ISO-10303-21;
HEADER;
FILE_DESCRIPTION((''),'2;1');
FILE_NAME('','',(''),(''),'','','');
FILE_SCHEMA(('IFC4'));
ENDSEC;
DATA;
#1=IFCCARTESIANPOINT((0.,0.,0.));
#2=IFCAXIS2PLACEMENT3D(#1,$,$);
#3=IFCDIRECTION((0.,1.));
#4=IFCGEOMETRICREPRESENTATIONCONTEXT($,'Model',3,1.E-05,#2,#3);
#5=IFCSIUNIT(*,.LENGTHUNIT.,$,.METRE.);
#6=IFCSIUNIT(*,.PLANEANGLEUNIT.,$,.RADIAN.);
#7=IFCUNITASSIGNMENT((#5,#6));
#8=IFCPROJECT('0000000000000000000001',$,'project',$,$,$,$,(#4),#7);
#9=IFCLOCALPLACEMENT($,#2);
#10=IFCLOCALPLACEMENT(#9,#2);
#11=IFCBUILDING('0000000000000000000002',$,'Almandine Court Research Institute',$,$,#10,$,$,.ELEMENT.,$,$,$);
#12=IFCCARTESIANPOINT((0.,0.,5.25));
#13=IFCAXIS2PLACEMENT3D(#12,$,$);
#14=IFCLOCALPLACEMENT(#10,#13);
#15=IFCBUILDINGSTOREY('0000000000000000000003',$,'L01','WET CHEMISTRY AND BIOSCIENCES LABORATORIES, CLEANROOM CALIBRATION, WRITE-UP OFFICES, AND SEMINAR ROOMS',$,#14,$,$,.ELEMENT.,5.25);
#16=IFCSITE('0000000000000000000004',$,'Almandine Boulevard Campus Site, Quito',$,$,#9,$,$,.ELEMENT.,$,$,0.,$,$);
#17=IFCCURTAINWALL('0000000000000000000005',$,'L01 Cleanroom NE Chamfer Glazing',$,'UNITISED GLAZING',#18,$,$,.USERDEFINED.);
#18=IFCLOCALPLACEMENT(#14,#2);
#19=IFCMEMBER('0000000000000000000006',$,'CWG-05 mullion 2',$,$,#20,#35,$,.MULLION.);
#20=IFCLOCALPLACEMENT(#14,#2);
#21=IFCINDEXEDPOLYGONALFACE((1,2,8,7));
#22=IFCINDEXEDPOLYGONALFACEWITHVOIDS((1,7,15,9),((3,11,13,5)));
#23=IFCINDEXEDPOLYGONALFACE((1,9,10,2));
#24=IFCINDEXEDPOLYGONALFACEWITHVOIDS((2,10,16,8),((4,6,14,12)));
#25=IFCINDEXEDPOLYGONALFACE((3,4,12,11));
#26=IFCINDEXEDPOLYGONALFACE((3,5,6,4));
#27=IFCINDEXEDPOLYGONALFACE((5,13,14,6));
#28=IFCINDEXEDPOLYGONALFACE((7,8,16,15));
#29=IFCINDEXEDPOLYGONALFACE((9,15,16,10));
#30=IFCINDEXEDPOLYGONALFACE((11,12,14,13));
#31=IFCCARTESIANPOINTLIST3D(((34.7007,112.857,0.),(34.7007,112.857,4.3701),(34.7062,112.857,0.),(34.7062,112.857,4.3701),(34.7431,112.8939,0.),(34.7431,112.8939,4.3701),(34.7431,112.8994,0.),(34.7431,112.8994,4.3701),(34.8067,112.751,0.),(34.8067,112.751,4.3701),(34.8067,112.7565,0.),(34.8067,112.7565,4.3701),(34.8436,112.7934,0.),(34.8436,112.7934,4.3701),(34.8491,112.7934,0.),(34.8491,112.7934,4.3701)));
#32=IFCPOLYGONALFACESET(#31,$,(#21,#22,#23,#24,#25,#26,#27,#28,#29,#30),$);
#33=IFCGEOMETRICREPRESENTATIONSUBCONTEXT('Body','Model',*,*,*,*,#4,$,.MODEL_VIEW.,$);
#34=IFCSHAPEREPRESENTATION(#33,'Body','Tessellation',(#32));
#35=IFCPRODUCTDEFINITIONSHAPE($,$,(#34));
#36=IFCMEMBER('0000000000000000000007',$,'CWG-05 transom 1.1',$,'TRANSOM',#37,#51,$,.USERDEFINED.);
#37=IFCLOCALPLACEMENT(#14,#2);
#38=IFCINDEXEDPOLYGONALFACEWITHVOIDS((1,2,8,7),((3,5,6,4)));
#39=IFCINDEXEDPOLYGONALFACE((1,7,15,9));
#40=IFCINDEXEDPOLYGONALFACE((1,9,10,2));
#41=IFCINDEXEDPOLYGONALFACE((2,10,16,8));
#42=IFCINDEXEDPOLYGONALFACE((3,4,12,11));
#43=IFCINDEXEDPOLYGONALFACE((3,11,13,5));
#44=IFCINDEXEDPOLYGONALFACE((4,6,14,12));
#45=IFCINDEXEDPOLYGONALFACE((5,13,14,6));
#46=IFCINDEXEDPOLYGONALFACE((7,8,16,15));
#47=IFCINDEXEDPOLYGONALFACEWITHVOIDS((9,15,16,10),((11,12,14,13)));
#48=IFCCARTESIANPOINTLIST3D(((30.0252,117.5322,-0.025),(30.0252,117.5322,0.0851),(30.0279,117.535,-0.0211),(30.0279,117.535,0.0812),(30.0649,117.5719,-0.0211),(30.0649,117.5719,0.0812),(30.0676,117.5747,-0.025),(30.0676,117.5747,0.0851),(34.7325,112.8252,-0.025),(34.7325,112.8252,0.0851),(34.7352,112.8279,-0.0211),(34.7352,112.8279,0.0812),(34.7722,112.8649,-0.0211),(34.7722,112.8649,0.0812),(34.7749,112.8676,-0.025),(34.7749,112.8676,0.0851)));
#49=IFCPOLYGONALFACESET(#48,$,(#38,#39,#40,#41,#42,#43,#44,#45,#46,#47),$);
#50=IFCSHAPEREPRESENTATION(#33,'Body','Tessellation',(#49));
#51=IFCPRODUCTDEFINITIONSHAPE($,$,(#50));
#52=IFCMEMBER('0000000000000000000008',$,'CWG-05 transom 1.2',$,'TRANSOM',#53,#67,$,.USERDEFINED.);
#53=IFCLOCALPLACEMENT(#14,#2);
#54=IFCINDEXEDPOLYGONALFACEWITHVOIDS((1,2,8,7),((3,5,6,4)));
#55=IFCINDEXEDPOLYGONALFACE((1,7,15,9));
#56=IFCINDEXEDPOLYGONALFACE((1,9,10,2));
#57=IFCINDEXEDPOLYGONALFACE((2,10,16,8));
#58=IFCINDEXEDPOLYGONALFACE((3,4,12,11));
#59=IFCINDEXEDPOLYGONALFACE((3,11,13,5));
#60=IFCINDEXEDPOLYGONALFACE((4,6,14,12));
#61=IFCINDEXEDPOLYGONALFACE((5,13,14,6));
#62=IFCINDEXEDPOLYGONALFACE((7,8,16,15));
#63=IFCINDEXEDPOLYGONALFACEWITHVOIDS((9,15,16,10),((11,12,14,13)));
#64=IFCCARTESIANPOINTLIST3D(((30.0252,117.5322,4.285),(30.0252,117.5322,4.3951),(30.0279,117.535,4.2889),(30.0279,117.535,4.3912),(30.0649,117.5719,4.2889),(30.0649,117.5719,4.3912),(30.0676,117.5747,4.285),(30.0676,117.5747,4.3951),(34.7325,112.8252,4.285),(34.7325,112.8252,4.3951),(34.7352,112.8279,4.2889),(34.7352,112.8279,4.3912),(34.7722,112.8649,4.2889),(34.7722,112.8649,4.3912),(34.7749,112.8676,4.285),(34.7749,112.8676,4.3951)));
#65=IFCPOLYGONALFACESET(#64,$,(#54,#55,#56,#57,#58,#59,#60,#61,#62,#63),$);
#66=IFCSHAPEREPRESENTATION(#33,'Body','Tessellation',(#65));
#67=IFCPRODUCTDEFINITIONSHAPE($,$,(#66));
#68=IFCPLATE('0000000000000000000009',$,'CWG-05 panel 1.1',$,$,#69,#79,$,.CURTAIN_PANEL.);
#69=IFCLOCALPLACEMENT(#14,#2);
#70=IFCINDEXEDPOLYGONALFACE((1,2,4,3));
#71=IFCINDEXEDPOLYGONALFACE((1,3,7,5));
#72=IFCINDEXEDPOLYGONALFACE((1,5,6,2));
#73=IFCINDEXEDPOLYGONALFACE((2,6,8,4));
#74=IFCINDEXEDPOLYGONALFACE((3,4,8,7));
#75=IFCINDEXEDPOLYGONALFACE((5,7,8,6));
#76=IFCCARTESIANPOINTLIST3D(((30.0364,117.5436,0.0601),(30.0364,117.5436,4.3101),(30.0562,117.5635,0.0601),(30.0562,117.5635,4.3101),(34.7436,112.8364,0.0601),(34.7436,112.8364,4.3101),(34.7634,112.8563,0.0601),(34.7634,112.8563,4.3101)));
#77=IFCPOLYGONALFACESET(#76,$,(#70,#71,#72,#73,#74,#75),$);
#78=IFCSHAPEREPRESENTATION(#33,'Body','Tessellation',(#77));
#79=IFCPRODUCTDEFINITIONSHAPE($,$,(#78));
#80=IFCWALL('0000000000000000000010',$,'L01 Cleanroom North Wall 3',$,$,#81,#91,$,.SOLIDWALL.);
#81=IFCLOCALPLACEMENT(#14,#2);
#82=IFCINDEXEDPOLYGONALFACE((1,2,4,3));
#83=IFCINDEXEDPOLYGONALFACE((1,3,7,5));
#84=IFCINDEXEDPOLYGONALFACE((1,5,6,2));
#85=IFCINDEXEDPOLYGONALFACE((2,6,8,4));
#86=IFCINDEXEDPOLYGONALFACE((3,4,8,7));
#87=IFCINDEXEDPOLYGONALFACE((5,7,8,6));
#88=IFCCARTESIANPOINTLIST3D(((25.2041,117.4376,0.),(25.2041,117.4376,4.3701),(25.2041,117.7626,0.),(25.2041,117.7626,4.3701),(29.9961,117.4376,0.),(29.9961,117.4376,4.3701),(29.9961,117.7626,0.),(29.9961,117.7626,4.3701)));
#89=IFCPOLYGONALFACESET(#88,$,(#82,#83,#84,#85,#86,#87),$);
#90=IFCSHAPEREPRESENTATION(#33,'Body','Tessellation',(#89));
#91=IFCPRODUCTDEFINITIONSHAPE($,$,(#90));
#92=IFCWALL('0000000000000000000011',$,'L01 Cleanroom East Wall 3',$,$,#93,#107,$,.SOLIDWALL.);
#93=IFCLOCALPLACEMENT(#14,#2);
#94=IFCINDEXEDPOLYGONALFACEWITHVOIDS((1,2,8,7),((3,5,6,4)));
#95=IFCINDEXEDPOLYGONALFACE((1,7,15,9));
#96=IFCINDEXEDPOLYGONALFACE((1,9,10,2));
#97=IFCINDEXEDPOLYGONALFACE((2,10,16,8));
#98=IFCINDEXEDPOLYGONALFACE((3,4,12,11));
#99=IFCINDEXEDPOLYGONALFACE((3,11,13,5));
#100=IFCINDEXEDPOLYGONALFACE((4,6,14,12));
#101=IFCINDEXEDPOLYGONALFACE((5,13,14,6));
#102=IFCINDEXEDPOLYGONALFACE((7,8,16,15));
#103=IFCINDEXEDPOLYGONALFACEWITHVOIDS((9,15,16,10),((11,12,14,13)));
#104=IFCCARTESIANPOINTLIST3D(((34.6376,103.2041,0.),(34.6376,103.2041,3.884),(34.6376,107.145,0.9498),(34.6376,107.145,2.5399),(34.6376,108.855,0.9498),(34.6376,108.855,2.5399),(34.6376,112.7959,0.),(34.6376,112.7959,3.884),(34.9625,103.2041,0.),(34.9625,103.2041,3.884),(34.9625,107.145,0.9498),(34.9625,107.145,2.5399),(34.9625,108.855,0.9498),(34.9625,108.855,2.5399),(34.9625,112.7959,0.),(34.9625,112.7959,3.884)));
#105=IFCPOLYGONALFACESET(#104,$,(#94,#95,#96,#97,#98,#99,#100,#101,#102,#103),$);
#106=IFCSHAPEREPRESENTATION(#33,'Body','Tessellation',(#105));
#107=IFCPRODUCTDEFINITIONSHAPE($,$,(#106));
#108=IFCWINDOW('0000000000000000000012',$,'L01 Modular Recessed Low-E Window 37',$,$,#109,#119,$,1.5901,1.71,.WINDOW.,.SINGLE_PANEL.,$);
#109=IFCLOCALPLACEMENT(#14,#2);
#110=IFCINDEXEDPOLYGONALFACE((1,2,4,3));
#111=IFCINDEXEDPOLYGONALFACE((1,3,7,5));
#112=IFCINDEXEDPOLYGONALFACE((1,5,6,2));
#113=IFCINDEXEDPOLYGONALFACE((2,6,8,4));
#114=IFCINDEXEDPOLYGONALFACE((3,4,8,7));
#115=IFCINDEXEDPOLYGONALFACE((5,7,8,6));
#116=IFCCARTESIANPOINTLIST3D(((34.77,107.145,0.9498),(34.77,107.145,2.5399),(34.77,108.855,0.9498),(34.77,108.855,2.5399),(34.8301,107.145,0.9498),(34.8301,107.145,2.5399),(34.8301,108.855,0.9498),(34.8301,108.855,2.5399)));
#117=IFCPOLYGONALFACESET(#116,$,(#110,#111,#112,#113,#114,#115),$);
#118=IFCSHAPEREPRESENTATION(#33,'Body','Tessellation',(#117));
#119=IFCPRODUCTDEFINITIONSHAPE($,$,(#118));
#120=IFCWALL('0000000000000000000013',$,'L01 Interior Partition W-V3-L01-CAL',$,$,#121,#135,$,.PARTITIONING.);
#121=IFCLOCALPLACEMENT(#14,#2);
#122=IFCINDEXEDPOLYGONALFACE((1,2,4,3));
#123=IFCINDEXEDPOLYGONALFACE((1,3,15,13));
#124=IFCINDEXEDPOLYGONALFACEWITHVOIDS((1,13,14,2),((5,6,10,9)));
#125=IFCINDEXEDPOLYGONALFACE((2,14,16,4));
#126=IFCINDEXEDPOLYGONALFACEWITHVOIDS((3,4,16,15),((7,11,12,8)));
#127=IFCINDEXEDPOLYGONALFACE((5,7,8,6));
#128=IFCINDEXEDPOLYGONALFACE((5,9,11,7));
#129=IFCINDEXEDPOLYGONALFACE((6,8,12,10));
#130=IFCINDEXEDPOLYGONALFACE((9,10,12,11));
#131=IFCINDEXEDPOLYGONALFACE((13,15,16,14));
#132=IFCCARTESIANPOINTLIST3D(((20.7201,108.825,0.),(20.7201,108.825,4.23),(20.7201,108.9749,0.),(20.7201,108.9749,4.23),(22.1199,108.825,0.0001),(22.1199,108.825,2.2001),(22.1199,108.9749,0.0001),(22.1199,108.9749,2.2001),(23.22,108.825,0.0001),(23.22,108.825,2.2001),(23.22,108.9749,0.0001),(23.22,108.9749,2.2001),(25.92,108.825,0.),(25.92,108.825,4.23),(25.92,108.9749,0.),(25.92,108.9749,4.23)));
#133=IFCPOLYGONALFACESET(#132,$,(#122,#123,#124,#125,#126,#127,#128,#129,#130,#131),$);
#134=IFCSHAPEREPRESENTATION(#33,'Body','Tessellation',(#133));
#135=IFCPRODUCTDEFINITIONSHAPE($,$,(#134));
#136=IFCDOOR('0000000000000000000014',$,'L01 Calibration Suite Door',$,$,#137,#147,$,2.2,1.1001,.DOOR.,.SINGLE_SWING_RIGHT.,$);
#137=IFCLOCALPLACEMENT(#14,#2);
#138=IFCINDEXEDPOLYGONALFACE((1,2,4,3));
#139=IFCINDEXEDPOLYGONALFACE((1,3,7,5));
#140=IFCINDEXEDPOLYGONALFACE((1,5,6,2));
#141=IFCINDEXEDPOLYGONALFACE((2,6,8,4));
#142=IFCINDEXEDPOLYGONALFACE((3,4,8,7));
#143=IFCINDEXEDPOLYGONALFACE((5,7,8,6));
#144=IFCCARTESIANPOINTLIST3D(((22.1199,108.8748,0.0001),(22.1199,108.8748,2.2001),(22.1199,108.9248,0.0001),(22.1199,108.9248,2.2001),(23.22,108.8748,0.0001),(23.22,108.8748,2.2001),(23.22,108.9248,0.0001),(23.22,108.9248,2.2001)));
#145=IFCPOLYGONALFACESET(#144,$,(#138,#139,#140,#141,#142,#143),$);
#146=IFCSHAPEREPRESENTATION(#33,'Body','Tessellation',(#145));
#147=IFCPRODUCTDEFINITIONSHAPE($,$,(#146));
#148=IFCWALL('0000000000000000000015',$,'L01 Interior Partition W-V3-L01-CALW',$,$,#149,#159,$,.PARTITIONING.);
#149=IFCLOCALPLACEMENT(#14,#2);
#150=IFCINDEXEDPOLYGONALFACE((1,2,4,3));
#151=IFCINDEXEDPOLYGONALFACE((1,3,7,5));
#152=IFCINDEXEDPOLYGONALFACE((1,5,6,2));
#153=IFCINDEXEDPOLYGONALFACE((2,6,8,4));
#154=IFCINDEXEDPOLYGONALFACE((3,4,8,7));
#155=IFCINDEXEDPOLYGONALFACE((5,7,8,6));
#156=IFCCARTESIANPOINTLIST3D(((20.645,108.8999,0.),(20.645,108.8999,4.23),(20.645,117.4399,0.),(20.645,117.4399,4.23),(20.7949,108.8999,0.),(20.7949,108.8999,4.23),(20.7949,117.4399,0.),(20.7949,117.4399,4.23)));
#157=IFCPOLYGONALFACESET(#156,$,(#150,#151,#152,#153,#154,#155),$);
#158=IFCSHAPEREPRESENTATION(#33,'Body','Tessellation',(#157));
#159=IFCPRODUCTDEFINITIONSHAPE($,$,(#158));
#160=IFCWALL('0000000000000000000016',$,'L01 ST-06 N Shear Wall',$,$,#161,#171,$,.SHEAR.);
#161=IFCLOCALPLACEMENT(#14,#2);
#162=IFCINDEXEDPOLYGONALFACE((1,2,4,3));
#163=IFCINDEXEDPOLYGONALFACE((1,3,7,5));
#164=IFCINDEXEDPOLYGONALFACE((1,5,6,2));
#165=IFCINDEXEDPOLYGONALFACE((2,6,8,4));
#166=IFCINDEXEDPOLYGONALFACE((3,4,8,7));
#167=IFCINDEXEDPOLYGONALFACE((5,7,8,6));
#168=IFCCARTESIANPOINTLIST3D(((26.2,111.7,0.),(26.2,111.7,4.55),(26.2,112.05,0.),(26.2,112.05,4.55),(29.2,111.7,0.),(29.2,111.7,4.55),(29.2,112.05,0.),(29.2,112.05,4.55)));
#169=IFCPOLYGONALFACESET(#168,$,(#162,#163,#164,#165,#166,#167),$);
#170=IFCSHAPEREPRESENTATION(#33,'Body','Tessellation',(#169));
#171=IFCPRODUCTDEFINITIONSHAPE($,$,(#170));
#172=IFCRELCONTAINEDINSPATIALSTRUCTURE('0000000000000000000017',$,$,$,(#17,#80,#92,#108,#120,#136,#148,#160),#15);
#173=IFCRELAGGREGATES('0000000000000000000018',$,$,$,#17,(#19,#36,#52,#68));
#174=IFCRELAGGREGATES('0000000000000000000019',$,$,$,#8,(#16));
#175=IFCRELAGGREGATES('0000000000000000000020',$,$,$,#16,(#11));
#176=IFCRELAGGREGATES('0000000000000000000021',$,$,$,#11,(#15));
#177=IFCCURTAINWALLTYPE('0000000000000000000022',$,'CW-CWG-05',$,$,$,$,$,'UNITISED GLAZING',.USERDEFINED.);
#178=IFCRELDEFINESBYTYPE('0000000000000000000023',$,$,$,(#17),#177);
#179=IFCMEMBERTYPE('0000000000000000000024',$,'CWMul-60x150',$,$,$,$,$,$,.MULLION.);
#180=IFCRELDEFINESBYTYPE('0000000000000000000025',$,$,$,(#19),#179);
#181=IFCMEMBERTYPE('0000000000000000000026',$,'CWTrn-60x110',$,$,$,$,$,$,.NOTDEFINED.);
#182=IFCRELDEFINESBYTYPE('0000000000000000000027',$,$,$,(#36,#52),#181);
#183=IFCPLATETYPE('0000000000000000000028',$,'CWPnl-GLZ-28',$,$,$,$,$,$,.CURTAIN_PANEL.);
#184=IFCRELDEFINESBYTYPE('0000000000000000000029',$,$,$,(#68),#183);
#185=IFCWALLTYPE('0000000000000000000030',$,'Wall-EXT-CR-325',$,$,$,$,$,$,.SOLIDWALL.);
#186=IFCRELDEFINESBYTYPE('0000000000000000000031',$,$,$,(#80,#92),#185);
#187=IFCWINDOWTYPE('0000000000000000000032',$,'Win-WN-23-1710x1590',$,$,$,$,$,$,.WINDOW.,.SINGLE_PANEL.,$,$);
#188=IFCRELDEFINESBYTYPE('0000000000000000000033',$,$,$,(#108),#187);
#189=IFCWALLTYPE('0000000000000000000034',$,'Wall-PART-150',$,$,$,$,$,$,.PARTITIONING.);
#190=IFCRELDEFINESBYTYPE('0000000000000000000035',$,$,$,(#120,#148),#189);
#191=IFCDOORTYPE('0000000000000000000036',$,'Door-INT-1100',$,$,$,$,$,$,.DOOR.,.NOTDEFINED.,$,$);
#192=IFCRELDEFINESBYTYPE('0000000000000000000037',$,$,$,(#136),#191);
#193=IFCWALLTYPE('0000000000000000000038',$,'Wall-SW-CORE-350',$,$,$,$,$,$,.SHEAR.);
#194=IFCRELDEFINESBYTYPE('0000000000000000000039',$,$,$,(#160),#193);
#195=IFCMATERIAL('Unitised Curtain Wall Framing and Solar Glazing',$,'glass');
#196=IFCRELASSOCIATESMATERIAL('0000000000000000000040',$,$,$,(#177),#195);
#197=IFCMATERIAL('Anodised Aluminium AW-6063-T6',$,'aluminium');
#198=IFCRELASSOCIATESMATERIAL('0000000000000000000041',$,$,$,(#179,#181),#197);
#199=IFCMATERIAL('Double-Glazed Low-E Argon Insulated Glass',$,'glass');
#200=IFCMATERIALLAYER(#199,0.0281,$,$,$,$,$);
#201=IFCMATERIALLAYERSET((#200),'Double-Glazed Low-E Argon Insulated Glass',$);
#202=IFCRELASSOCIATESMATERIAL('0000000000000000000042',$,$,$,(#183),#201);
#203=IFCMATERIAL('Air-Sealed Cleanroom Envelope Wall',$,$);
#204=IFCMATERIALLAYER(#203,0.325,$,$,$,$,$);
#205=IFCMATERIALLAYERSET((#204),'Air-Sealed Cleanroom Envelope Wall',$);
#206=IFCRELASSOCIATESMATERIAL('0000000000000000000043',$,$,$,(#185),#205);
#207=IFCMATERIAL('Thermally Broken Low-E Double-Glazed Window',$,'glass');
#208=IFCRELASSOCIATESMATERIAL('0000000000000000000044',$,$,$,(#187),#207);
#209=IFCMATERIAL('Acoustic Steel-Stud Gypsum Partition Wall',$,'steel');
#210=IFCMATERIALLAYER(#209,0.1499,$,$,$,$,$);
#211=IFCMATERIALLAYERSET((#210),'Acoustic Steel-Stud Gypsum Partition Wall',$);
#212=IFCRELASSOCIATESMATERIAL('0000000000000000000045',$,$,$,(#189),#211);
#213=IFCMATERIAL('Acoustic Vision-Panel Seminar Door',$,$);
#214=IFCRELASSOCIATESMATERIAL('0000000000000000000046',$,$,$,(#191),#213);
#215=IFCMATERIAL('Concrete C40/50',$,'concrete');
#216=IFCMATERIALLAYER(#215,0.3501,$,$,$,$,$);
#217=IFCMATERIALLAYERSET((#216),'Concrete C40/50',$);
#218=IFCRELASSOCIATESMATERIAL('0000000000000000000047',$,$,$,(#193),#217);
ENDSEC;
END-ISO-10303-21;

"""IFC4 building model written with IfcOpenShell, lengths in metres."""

from ifc_helpers import new_model, si_unit, direction, frame, frame_2d, origin, origin_2d, place, context, subcontext, project, spatial, rectangle, hollow_rectangle, extrude, material, layer, layer_set, material_profile, profile_set, type_object, element, fill, aggregate, save


model = new_model("IFC4")

# Units and contexts
model_context = context("Model", 3, precision=1e-05, world=origin(), true_north=direction((0.0, 1.0)))
body_context = subcontext(model_context, "Body", "Model", "MODEL_VIEW")
ifc_project = project(units=[si_unit("LENGTHUNIT", "METRE"), si_unit("PLANEANGLEUNIT", "RADIAN")], contexts=[model_context])

# Site, building, storey
site_placement = place(None, origin())
site = spatial("IfcSite", under=ifc_project, at=site_placement, Name="Almandine Boulevard Campus Site, Quito", CompositionType="ELEMENT", RefElevation=0.0)
building_placement = place(site_placement, origin())
building = spatial("IfcBuilding", under=site, at=building_placement, Name="Almandine Court Research Institute", CompositionType="ELEMENT")
storey_placement = place(building_placement, frame((0.0, 0.0, 5.25)))
storey = spatial("IfcBuildingStorey", under=building, at=storey_placement, Name="L01", Description="WET CHEMISTRY AND BIOSCIENCES LABORATORIES, CLEANROOM CALIBRATION, WRITE-UP OFFICES, AND SEMINAR ROOMS", CompositionType="ELEMENT", Elevation=5.25)

# Curtain wall, members, plate
ifc_material_1 = material(Name="Unitised Curtain Wall Framing and Solar Glazing", Category="glass")
curtain_wall_type = type_object("IfcCurtainWallType", Name="CW-CWG-05", ElementType="UNITISED GLAZING", PredefinedType="USERDEFINED", material=ifc_material_1)
curtain_wall_placement = place(storey_placement, origin())
curtain_wall = element("IfcCurtainWall", 1, at=curtain_wall_placement, inside=storey, type_object=curtain_wall_type, Name="L01 Cleanroom NE Chamfer Glazing", ObjectType="UNITISED GLAZING", PredefinedType="USERDEFINED")
ifc_material_2 = material(Name="Anodised Aluminium AW-6063-T6", Category="aluminium")
ifc_material_profile_1 = material_profile(ifc_material_2, hollow_rectangle(XDim=0.0601, YDim=0.1499, WallThickness=0.0039, at=origin_2d()), Name="ALU RHS 60x150x4")
ifc_profile_set_1 = profile_set([ifc_material_profile_1], Name="Anodised Aluminium AW-6063-T6")
member_type_1 = type_object("IfcMemberType", Name="CWMul-60x150", PredefinedType="MULLION", material=ifc_profile_set_1)
member_1_placement = place(storey_placement, frame((34.7749, 112.8252, 0.0), z_axis=(0.0, 0.0, 1.0), x_axis=(0.707107, 0.707107, 0.0)))
member_1 = element("IfcMember", 2, at=member_1_placement, type_object=member_type_1, Name="CWG-05 mullion 2", PredefinedType="MULLION", context=body_context, shape_type="SweptSolid", body=[
    extrude(hollow_rectangle(XDim=0.0601, YDim=0.1499, WallThickness=0.0039, at=origin_2d()), origin(), (0.0, 0.0, 1.0), 4.3701),
])
ifc_material_profile_2 = material_profile(ifc_material_2, hollow_rectangle(XDim=0.0601, YDim=0.1101, WallThickness=0.0039, at=origin_2d()), Name="ALU RHS 60x110x4")
ifc_profile_set_2 = profile_set([ifc_material_profile_2], Name="Anodised Aluminium AW-6063-T6")
member_type_2 = type_object("IfcMemberType", Name="CWTrn-60x110", PredefinedType="NOTDEFINED", material=ifc_profile_set_2)
member_2_placement = place(storey_placement, frame((30.0464, 117.5535, 0.03), z_axis=(0.707125, -0.707088, 0.0), x_axis=(0.707088, 0.707125, 0.0)))
member_2 = element("IfcMember", 3, at=member_2_placement, type_object=member_type_2, Name="CWG-05 transom 1.1", ObjectType="TRANSOM", PredefinedType="USERDEFINED", context=body_context, shape_type="SweptSolid", body=[
    extrude(hollow_rectangle(XDim=0.0601, YDim=0.1101, WallThickness=0.0039, at=origin_2d()), origin(), (0.0, 0.0, 1.0), 6.657),
])
member_3_placement = place(storey_placement, frame((30.0464, 117.5535, 4.3401), z_axis=(0.707125, -0.707088, 0.0), x_axis=(0.707088, 0.707125, 0.0)))
member_3 = element("IfcMember", 4, at=member_3_placement, type_object=member_type_2, Name="CWG-05 transom 1.2", ObjectType="TRANSOM", PredefinedType="USERDEFINED", context=body_context, shape_type="SweptSolid", body=[
    extrude(hollow_rectangle(XDim=0.0601, YDim=0.1101, WallThickness=0.0039, at=origin_2d()), origin(), (0.0, 0.0, 1.0), 6.657),
])
ifc_material_3 = material(Name="Double-Glazed Low-E Argon Insulated Glass", Category="glass")
ifc_layer_1 = layer(ifc_material_3, 0.0281)
ifc_layer_set_1 = layer_set([ifc_layer_1], Name="Double-Glazed Low-E Argon Insulated Glass")
plate_type = type_object("IfcPlateType", Name="CWPnl-GLZ-28", PredefinedType="CURTAIN_PANEL", material=ifc_layer_set_1)
plate_placement = place(storey_placement, frame((32.3999, 115.2, 0.0601), z_axis=(0.0, 0.0, 1.0), x_axis=(0.707107, -0.707107, 0.0)))
plate = element("IfcPlate", 5, at=plate_placement, type_object=plate_type, Name="CWG-05 panel 1.1", PredefinedType="CURTAIN_PANEL", context=body_context, shape_type="SweptSolid", body=[
    extrude(rectangle(XDim=6.657, YDim=0.0281, at=origin_2d()), origin(), (0.0, 0.0, 1.0), 4.25),
])
aggregate(curtain_wall, [member_1, member_2, member_3, plate])

# Wall
ifc_material_4 = material(Name="Air-Sealed Cleanroom Envelope Wall")
ifc_layer_2 = layer(ifc_material_4, 0.325)
ifc_layer_set_2 = layer_set([ifc_layer_2], Name="Air-Sealed Cleanroom Envelope Wall")
wall_type_1 = type_object("IfcWallType", Name="Wall-EXT-CR-325", PredefinedType="SOLIDWALL", material=ifc_layer_set_2)
wall_1_placement = place(storey_placement, frame((25.2041, 117.6001, 0.0), z_axis=(0.0, 0.0, 1.0), x_axis=(1.0, 0.0, 0.0)))
element("IfcWall", 6, at=wall_1_placement, inside=storey, type_object=wall_type_1, Name="L01 Cleanroom North Wall 3", PredefinedType="SOLIDWALL", context=body_context, shape_type="SweptSolid", body=[
    extrude(rectangle(XDim=4.792, YDim=0.325, at=frame_2d((2.396, 0.0))), origin(), (0.0, 0.0, 1.0), 4.3701),
])

# Wall, opening, window
wall_2_placement = place(storey_placement, frame((34.8, 112.7959, 0.0), z_axis=(0.0, 0.0, 1.0), x_axis=(0.0, -1.0, 0.0)))
wall_2 = element("IfcWall", 7, at=wall_2_placement, inside=storey, type_object=wall_type_1, Name="L01 Cleanroom East Wall 3", PredefinedType="SOLIDWALL", context=body_context, shape_type="SweptSolid", body=[
    extrude(rectangle(XDim=9.5918, YDim=0.325, at=frame_2d((4.7959, 0.0))), origin(), (0.0, 0.0, 1.0), 3.884),
])
opening_1_placement = place(wall_2_placement, frame((3.9409, 0.0, 0.95)))
opening_1 = element("IfcOpeningElement", 8, at=opening_1_placement, cuts=wall_2, PredefinedType="OPENING", context=body_context, shape_type="SweptSolid", body=[
    extrude(rectangle(XDim=1.71, YDim=1.5901, at=frame_2d((0.855, 0.7949))), frame((0.0, 0.1724, 0.0), z_axis=(0.0, -1.0, 0.0), x_axis=(1.0, 0.0, 0.0)), (0.0, 0.0, 1.0), 0.345),
])
ifc_material_5 = material(Name="Thermally Broken Low-E Double-Glazed Window", Category="glass")
window_type = type_object("IfcWindowType", Name="Win-WN-23-1710x1590", PartitioningType="SINGLE_PANEL", PredefinedType="WINDOW", material=ifc_material_5)
window_placement = place(opening_1_placement, origin())
window = element("IfcWindow", 9, at=window_placement, inside=storey, type_object=window_type, Name="L01 Modular Recessed Low-E Window 37", OverallHeight=1.5901, OverallWidth=1.71, PartitioningType="SINGLE_PANEL", PredefinedType="WINDOW", context=body_context, shape_type="SweptSolid", body=[
    extrude(rectangle(XDim=1.71, YDim=1.5901, at=frame_2d((0.855, 0.7949))), frame((0.0, 0.03, 0.0), z_axis=(0.0, -1.0, 0.0), x_axis=(1.0, 0.0, 0.0)), (0.0, 0.0, 1.0), 0.0601),
])
fill(opening_1, window)

# Wall, opening, door
ifc_material_6 = material(Name="Acoustic Steel-Stud Gypsum Partition Wall", Category="steel")
ifc_layer_3 = layer(ifc_material_6, 0.1499)
ifc_layer_set_3 = layer_set([ifc_layer_3], Name="Acoustic Steel-Stud Gypsum Partition Wall")
wall_type_2 = type_object("IfcWallType", Name="Wall-PART-150", PredefinedType="PARTITIONING", material=ifc_layer_set_3)
wall_3_placement = place(storey_placement, frame((20.72, 108.8999, 0.0), z_axis=(0.0, 0.0, 1.0), x_axis=(1.0, 0.0, 0.0)))
wall_3 = element("IfcWall", 10, at=wall_3_placement, inside=storey, type_object=wall_type_2, Name="L01 Interior Partition W-V3-L01-CAL", PredefinedType="PARTITIONING", context=body_context, shape_type="SweptSolid", body=[
    extrude(rectangle(XDim=5.2, YDim=0.1499, at=frame_2d((2.6001, 0.0))), origin(), (0.0, 0.0, 1.0), 4.23),
])
opening_2_placement = place(wall_3_placement, frame((1.3999, 0.0, 0.0)))
opening_2 = element("IfcOpeningElement", 11, at=opening_2_placement, cuts=wall_3, PredefinedType="OPENING", context=body_context, shape_type="SweptSolid", body=[
    extrude(rectangle(XDim=1.1001, YDim=2.2, at=frame_2d((0.55, 1.1001))), frame((0.0, 0.085, 0.0), z_axis=(0.0, -1.0, 0.0), x_axis=(1.0, 0.0, 0.0)), (0.0, 0.0, 1.0), 0.1699),
])
ifc_material_7 = material(Name="Acoustic Vision-Panel Seminar Door")
door_type = type_object("IfcDoorType", Name="Door-INT-1100", OperationType="NOTDEFINED", PredefinedType="DOOR", material=ifc_material_7)
door_placement = place(opening_2_placement, origin())
door = element("IfcDoor", 12, at=door_placement, inside=storey, type_object=door_type, Name="L01 Calibration Suite Door", OperationType="SINGLE_SWING_RIGHT", OverallHeight=2.2, OverallWidth=1.1001, PredefinedType="DOOR", context=body_context, shape_type="SweptSolid", body=[
    extrude(rectangle(XDim=1.1001, YDim=2.2, at=frame_2d((0.55, 1.1001))), frame((0.0, 0.0249, 0.0), z_axis=(0.0, -1.0, 0.0), x_axis=(1.0, 0.0, 0.0)), (0.0, 0.0, 1.0), 0.05),
])
fill(opening_2, door)

# Walls
wall_4_placement = place(storey_placement, frame((20.72, 108.8999, 0.0), z_axis=(0.0, 0.0, 1.0), x_axis=(0.0, 1.0, 0.0)))
element("IfcWall", 13, at=wall_4_placement, inside=storey, type_object=wall_type_2, Name="L01 Interior Partition W-V3-L01-CALW", PredefinedType="PARTITIONING", context=body_context, shape_type="SweptSolid", body=[
    extrude(rectangle(XDim=8.54, YDim=0.1499, at=frame_2d((4.27, 0.0))), origin(), (0.0, 0.0, 1.0), 4.23),
])
ifc_material_8 = material(Name="Concrete C40/50", Category="concrete")
ifc_layer_4 = layer(ifc_material_8, 0.3501)
ifc_layer_set_4 = layer_set([ifc_layer_4], Name="Concrete C40/50")
wall_type_3 = type_object("IfcWallType", Name="Wall-SW-CORE-350", PredefinedType="SHEAR", material=ifc_layer_set_4)
wall_5_placement = place(storey_placement, frame((26.2, 111.875, 0.0), z_axis=(0.0, 0.0, 1.0), x_axis=(1.0, 0.0, 0.0)))
element("IfcWall", 14, at=wall_5_placement, inside=storey, type_object=wall_type_3, Name="L01 ST-06 N Shear Wall", PredefinedType="SHEAR", context=body_context, shape_type="SweptSolid", body=[
    extrude(rectangle(XDim=3.0, YDim=0.3501, at=frame_2d((1.5, 0.0))), origin(), (0.0, 0.0, 1.0), 4.55),
])

save(model, "model.ifc")
